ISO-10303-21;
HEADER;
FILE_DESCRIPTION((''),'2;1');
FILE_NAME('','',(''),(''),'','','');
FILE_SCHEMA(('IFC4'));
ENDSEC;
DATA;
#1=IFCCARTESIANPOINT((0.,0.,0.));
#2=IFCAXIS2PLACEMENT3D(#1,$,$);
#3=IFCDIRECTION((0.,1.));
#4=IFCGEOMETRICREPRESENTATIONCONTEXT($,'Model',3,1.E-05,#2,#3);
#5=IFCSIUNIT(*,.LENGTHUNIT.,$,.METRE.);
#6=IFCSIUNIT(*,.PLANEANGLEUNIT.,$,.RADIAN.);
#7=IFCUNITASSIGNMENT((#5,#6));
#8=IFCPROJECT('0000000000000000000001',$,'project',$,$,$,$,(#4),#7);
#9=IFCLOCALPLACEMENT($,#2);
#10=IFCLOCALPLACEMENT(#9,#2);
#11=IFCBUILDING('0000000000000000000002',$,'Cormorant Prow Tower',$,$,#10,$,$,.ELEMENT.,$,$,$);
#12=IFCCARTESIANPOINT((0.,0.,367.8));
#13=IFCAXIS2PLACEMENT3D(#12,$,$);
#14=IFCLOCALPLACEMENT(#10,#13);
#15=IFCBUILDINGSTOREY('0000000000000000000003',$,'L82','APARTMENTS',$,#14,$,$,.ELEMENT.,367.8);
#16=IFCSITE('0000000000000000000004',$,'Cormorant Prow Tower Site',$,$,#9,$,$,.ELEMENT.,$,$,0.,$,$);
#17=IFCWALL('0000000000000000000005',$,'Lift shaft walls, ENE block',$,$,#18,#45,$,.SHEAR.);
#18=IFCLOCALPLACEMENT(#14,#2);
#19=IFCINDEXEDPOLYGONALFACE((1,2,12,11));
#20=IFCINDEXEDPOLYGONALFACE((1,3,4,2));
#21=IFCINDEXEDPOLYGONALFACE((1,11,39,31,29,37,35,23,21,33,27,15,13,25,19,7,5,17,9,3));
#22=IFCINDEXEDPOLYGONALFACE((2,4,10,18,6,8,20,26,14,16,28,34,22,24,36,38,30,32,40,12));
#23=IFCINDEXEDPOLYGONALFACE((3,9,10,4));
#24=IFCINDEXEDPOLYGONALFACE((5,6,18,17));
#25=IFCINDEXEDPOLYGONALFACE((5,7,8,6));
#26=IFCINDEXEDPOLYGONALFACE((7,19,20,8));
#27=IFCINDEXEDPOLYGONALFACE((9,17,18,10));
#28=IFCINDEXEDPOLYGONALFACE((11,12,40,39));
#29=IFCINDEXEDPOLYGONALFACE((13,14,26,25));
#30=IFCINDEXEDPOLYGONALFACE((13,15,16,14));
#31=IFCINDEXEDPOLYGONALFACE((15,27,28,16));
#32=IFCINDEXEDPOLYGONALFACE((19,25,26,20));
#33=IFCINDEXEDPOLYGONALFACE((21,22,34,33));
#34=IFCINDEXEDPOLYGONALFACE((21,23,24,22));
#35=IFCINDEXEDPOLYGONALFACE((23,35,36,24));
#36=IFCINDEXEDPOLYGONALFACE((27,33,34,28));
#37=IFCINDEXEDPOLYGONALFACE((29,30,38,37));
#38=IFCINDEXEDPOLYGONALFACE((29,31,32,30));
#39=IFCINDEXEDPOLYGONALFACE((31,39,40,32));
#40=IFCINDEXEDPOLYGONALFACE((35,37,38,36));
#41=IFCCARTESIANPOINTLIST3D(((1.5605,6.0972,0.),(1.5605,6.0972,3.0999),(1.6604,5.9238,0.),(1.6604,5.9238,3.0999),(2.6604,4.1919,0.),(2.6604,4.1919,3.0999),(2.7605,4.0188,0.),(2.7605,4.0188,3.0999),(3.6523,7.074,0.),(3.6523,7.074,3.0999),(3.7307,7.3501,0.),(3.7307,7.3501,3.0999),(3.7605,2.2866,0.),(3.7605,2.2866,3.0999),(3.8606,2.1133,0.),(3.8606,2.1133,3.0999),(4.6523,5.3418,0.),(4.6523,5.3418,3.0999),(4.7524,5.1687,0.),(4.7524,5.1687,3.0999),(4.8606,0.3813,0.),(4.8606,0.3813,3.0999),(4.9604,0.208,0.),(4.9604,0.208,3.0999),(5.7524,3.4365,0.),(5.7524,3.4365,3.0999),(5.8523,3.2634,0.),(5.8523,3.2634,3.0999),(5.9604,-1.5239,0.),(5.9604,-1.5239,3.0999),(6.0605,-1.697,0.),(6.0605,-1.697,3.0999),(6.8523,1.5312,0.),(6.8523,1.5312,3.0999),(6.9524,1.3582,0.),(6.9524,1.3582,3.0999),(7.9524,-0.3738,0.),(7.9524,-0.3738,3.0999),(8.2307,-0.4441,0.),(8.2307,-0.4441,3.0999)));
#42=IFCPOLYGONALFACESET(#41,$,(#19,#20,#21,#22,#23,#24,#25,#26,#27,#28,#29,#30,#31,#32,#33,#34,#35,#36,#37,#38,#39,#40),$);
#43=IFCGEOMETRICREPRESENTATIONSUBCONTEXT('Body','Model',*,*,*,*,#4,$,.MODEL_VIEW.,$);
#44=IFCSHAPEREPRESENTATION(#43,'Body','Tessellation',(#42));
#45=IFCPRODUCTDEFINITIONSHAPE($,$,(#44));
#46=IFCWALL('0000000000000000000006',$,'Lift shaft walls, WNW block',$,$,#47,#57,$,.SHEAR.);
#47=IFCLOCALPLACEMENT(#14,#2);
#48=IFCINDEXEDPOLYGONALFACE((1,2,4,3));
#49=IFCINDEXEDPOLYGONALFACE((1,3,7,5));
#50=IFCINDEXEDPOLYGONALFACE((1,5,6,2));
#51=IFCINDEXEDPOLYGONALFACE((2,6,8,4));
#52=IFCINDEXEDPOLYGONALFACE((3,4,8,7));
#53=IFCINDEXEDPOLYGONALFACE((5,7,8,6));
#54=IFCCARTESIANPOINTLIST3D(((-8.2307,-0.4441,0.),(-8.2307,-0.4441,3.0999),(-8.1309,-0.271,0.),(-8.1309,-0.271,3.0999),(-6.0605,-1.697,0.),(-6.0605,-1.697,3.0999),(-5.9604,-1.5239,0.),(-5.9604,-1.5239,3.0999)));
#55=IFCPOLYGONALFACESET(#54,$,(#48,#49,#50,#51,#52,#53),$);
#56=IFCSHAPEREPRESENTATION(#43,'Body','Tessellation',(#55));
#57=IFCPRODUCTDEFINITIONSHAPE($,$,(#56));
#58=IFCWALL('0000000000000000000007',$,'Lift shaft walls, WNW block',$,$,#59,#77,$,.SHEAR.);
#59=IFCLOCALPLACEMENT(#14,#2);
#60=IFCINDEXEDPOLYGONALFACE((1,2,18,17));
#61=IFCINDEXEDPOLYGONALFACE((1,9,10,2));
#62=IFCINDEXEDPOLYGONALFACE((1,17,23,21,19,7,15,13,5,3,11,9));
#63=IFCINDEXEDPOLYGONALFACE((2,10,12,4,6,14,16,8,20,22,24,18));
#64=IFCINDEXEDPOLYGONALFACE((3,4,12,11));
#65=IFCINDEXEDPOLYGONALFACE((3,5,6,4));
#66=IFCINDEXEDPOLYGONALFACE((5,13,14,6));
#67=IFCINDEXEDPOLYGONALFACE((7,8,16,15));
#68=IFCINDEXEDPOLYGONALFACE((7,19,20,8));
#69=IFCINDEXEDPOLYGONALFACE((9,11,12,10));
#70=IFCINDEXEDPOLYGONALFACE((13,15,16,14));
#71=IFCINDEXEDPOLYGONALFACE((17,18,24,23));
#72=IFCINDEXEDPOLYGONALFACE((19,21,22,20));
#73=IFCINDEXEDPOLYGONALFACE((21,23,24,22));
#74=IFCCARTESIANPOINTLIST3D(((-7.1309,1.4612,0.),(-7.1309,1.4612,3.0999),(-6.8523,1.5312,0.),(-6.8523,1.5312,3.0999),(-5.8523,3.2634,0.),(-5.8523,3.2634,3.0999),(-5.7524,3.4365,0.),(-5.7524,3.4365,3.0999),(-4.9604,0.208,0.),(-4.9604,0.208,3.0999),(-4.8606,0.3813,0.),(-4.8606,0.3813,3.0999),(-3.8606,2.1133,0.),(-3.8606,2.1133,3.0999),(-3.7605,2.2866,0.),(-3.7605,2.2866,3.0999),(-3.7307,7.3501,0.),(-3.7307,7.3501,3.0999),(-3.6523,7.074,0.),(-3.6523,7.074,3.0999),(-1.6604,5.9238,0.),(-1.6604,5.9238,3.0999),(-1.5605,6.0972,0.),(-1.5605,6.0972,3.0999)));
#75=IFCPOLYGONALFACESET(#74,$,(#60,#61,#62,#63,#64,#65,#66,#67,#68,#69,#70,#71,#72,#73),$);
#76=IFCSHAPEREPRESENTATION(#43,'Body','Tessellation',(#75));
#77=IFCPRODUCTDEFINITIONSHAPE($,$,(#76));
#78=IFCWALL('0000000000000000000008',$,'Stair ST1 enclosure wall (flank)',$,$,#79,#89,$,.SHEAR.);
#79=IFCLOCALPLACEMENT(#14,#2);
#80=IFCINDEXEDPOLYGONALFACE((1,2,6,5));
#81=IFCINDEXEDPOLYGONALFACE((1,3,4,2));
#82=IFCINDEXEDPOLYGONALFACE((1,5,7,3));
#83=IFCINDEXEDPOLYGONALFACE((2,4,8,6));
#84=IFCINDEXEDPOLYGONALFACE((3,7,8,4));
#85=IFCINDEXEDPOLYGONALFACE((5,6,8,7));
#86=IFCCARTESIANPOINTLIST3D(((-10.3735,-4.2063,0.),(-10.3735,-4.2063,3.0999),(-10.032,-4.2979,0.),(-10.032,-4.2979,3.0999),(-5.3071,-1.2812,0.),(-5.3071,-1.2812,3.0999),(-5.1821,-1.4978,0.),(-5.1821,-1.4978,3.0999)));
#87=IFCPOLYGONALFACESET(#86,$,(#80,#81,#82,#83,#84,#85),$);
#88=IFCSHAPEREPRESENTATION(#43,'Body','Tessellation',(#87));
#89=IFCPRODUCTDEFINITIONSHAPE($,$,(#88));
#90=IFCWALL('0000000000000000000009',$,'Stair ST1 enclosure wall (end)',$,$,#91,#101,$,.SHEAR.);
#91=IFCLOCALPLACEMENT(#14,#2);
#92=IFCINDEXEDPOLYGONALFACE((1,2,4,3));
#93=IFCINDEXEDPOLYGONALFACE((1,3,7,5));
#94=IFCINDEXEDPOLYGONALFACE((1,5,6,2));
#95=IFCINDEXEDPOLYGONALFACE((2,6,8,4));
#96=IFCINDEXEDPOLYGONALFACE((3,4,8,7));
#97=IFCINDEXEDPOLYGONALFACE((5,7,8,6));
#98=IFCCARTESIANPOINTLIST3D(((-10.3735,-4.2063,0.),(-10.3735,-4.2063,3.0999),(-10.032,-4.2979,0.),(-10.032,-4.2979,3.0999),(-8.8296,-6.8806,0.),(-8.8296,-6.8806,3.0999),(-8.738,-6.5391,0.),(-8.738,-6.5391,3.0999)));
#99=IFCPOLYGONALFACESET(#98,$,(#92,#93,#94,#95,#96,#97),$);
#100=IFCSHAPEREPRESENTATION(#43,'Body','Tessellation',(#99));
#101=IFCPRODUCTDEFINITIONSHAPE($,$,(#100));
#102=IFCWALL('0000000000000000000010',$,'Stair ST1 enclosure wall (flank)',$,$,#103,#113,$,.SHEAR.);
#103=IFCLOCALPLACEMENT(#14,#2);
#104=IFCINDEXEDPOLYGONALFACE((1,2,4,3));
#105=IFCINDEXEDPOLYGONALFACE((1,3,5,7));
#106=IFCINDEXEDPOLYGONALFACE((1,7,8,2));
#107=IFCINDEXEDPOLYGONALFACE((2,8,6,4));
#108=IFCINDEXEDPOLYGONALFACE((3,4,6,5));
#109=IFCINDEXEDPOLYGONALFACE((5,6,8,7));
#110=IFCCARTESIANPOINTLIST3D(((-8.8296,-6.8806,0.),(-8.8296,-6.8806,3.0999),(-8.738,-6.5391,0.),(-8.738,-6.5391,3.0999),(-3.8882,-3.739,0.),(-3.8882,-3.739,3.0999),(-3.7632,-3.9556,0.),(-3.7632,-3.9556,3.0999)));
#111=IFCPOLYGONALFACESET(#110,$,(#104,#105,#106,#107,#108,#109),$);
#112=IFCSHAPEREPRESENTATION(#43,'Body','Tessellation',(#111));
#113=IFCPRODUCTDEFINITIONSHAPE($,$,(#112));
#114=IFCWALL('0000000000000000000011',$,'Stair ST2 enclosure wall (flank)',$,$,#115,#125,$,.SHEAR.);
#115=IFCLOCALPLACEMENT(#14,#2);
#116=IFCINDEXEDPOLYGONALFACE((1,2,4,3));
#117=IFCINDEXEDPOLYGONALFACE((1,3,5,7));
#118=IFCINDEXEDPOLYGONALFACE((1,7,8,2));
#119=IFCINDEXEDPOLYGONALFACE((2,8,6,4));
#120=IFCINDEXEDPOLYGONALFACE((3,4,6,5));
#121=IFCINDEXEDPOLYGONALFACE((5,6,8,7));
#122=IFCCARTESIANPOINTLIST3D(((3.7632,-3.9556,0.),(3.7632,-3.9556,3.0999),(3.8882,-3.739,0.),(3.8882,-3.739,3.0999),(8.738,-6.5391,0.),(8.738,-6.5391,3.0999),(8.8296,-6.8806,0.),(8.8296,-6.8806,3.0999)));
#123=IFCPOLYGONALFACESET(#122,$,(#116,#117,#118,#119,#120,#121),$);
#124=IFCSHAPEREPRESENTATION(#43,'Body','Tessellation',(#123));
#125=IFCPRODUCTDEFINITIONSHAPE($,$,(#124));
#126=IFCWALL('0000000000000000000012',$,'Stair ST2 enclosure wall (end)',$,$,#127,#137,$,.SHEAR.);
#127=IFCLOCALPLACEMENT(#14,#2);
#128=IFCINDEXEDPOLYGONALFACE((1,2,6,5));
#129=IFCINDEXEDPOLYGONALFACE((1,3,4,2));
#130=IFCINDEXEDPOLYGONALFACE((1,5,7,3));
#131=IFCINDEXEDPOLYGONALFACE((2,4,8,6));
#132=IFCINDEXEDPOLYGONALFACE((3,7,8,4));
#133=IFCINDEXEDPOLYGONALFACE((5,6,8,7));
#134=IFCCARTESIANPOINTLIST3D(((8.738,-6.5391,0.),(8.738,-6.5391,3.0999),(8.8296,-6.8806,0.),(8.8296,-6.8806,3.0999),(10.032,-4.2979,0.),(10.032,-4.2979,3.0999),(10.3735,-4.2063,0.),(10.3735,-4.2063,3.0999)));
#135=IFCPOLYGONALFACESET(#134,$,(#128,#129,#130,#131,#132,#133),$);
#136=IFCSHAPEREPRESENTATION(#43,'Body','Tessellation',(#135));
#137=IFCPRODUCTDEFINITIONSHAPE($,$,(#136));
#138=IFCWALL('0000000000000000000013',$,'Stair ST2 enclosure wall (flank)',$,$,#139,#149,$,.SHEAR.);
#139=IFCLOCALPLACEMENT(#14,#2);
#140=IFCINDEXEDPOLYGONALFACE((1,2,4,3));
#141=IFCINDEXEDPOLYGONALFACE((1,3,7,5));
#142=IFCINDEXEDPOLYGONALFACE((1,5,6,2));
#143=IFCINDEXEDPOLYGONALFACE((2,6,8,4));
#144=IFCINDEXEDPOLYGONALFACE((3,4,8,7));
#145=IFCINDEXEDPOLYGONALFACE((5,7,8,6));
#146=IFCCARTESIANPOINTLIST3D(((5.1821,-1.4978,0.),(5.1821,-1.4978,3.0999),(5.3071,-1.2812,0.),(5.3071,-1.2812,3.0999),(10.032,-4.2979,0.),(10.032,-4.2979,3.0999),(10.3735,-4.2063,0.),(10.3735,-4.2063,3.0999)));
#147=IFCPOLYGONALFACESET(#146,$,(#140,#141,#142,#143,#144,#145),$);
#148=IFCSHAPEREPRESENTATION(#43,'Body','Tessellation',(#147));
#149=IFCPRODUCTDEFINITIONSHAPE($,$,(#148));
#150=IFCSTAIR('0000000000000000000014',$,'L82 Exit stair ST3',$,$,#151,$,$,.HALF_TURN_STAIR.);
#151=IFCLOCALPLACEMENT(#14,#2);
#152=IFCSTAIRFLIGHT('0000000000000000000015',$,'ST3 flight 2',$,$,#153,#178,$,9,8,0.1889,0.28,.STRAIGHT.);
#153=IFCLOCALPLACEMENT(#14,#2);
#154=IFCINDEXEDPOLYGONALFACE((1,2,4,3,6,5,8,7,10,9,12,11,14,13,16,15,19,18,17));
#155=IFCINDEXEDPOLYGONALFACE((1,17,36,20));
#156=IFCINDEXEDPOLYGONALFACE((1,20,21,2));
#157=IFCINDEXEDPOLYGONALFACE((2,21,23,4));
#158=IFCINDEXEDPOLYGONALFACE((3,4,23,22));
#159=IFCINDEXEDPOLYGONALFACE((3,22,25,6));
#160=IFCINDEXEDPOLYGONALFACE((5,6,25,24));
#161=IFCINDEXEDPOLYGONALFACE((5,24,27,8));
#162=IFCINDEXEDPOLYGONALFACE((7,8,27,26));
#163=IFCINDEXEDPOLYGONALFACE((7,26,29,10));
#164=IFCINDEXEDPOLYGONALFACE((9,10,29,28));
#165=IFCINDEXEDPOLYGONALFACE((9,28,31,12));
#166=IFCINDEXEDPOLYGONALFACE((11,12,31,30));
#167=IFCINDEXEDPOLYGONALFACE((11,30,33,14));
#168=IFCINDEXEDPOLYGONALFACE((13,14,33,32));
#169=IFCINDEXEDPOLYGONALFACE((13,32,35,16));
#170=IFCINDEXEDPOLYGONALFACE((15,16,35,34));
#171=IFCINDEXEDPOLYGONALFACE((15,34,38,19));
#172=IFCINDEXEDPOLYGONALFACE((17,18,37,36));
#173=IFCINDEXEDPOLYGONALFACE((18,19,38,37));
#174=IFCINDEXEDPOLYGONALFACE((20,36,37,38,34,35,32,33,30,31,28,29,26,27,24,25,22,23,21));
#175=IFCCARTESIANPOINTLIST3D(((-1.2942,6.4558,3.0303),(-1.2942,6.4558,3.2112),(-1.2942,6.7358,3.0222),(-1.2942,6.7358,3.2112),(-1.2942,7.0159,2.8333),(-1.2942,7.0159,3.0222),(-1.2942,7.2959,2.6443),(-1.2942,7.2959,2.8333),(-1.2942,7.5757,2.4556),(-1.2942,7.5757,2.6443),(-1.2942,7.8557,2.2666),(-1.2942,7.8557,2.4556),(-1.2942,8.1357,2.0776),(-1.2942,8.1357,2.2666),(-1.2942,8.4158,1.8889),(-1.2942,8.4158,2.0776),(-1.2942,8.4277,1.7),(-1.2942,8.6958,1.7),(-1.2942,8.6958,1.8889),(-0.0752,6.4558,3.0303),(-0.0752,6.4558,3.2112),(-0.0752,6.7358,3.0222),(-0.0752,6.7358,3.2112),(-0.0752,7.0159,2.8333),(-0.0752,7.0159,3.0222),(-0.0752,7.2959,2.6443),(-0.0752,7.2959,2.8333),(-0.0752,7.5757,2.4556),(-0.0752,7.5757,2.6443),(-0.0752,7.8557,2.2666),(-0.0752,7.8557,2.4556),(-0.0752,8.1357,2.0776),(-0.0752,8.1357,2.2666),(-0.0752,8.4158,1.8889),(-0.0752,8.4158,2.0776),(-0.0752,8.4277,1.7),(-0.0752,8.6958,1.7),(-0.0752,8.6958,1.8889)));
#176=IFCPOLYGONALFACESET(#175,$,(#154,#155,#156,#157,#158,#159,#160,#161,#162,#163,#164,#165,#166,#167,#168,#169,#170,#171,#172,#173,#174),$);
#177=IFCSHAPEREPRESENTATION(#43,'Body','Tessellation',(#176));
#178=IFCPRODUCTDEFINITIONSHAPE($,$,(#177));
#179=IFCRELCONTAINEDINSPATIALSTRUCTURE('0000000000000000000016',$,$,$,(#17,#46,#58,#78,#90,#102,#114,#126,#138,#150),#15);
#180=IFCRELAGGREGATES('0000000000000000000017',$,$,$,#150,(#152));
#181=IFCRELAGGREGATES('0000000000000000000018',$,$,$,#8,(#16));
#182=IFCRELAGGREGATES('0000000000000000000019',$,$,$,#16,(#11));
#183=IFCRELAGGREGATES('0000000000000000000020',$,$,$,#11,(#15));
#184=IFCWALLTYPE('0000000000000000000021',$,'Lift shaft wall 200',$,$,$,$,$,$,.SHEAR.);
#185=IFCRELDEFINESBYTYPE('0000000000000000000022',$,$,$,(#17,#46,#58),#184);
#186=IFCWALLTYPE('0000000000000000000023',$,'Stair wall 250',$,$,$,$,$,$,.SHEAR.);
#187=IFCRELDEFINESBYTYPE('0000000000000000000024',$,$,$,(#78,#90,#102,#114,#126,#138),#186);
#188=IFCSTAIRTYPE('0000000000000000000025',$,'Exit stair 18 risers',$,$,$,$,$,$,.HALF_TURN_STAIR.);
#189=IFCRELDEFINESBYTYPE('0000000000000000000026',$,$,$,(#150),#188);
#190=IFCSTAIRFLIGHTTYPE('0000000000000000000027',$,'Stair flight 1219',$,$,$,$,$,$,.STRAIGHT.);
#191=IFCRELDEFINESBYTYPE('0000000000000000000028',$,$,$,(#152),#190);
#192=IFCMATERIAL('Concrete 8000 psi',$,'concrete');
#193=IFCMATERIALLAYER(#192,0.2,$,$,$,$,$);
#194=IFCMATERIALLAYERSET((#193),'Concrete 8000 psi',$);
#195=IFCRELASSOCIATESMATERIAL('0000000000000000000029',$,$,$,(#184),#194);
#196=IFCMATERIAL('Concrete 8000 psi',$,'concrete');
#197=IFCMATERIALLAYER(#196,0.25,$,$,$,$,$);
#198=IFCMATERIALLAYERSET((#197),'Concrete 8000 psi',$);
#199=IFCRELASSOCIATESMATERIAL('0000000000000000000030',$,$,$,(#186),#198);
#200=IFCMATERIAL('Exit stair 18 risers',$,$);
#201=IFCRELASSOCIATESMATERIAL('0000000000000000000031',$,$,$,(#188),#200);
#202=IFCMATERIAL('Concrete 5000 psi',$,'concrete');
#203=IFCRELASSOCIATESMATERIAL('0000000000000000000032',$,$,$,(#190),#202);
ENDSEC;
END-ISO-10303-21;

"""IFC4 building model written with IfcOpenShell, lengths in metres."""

from ifc_helpers import new_model, si_unit, direction, frame, origin, place, context, subcontext, project, spatial, polyline, outline, extrude, material, layer, layer_set, type_object, element, aggregate, save


model = new_model("IFC4")

# Units and contexts
model_context = context("Model", 3, precision=1e-05, world=origin(), true_north=direction((0.0, 1.0)))
body_context = subcontext(model_context, "Body", "Model", "MODEL_VIEW")
ifc_project = project(units=[si_unit("LENGTHUNIT", "METRE"), si_unit("PLANEANGLEUNIT", "RADIAN")], contexts=[model_context])

# Site, building, storey
site_placement = place(None, origin())
site = spatial("IfcSite", under=ifc_project, at=site_placement, Name="Cormorant Prow Tower Site", CompositionType="ELEMENT", RefElevation=0.0)
building_placement = place(site_placement, origin())
building = spatial("IfcBuilding", under=site, at=building_placement, Name="Cormorant Prow Tower", CompositionType="ELEMENT")
storey_placement = place(building_placement, frame((0.0, 0.0, 367.8)))
storey = spatial("IfcBuildingStorey", under=building, at=storey_placement, Name="L82", Description="APARTMENTS", CompositionType="ELEMENT", Elevation=367.8)

# Walls
ifc_material_1 = material(Name="Concrete 8000 psi", Category="concrete")
ifc_layer_1 = layer(ifc_material_1, 0.2)
ifc_layer_set_1 = layer_set([ifc_layer_1], Name="Concrete 8000 psi")
wall_type_1 = type_object("IfcWallType", Name="Lift shaft wall 200", PredefinedType="SHEAR", material=ifc_layer_set_1)
wall_1_placement = place(storey_placement, origin())
element("IfcWall", 1, at=wall_1_placement, inside=storey, type_object=wall_type_1, Name="Lift shaft walls, ENE block", PredefinedType="SHEAR", context=body_context, shape_type="SweptSolid", body=[
    extrude(outline(polyline([(1.5605, 6.0972), (3.7307, 7.3501), (8.2307, -0.4441), (6.0605, -1.697), (5.9604, -1.5239), (7.9524, -0.3738), (6.9524, 1.3582), (4.9604, 0.208), (4.8606, 0.3813), (6.8523, 1.5312), (5.8523, 3.2634), (3.8606, 2.1133), (3.7605, 2.2866), (5.7524, 3.4365), (4.7524, 5.1687), (2.7605, 4.0188), (2.6604, 4.1919), (4.6523, 5.3418), (3.6523, 7.074), (1.6604, 5.9238), (1.5605, 6.0972)])), origin(), (0.0, 0.0, 1.0), 3.0999),
])
wall_2_placement = place(storey_placement, origin())
element("IfcWall", 2, at=wall_2_placement, inside=storey, type_object=wall_type_1, Name="Lift shaft walls, WNW block", PredefinedType="SHEAR", context=body_context, shape_type="SweptSolid", body=[
    extrude(outline(polyline([(-6.0605, -1.697), (-8.2307, -0.4441), (-8.1309, -0.271), (-5.9604, -1.5239), (-6.0605, -1.697)])), origin(), (0.0, 0.0, 1.0), 3.0999),
])
wall_3_placement = place(storey_placement, origin())
element("IfcWall", 3, at=wall_3_placement, inside=storey, type_object=wall_type_1, Name="Lift shaft walls, WNW block", PredefinedType="SHEAR", context=body_context, shape_type="SweptSolid", body=[
    extrude(outline(polyline([(-4.9604, 0.208), (-7.1309, 1.4612), (-3.7307, 7.3501), (-1.5605, 6.0972), (-1.6604, 5.9238), (-3.6523, 7.074), (-5.7524, 3.4365), (-3.7605, 2.2866), (-3.8606, 2.1133), (-5.8523, 3.2634), (-6.8523, 1.5312), (-4.8606, 0.3813), (-4.9604, 0.208)])), origin(), (0.0, 0.0, 1.0), 3.0999),
])
ifc_material_2 = material(Name="Concrete 8000 psi", Category="concrete")
ifc_layer_2 = layer(ifc_material_2, 0.25)
ifc_layer_set_2 = layer_set([ifc_layer_2], Name="Concrete 8000 psi")
wall_type_2 = type_object("IfcWallType", Name="Stair wall 250", PredefinedType="SHEAR", material=ifc_layer_set_2)
wall_4_placement = place(storey_placement, origin())
element("IfcWall", 4, at=wall_4_placement, inside=storey, type_object=wall_type_2, Name="Stair ST1 enclosure wall (flank)", PredefinedType="SHEAR", context=body_context, shape_type="SweptSolid", body=[
    extrude(outline(polyline([(-5.3071, -1.2812), (-10.3735, -4.2063), (-10.032, -4.2979), (-5.1821, -1.4978), (-5.3071, -1.2812)])), origin(), (0.0, 0.0, 1.0), 3.0999),
])
wall_5_placement = place(storey_placement, origin())
element("IfcWall", 5, at=wall_5_placement, inside=storey, type_object=wall_type_2, Name="Stair ST1 enclosure wall (end)", PredefinedType="SHEAR", context=body_context, shape_type="SweptSolid", body=[
    extrude(outline(polyline([(-10.3735, -4.2063), (-8.8296, -6.8806), (-8.738, -6.5391), (-10.032, -4.2979), (-10.3735, -4.2063)])), origin(), (0.0, 0.0, 1.0), 3.0999),
])
wall_6_placement = place(storey_placement, origin())
element("IfcWall", 6, at=wall_6_placement, inside=storey, type_object=wall_type_2, Name="Stair ST1 enclosure wall (flank)", PredefinedType="SHEAR", context=body_context, shape_type="SweptSolid", body=[
    extrude(outline(polyline([(-8.738, -6.5391), (-8.8296, -6.8806), (-3.7632, -3.9556), (-3.8882, -3.739), (-8.738, -6.5391)])), origin(), (0.0, 0.0, 1.0), 3.0999),
])
wall_7_placement = place(storey_placement, origin())
element("IfcWall", 7, at=wall_7_placement, inside=storey, type_object=wall_type_2, Name="Stair ST2 enclosure wall (flank)", PredefinedType="SHEAR", context=body_context, shape_type="SweptSolid", body=[
    extrude(outline(polyline([(3.7632, -3.9556), (8.8296, -6.8806), (8.738, -6.5391), (3.8882, -3.739), (3.7632, -3.9556)])), origin(), (0.0, 0.0, 1.0), 3.0999),
])
wall_8_placement = place(storey_placement, origin())
element("IfcWall", 8, at=wall_8_placement, inside=storey, type_object=wall_type_2, Name="Stair ST2 enclosure wall (end)", PredefinedType="SHEAR", context=body_context, shape_type="SweptSolid", body=[
    extrude(outline(polyline([(8.8296, -6.8806), (10.3735, -4.2063), (10.032, -4.2979), (8.738, -6.5391), (8.8296, -6.8806)])), origin(), (0.0, 0.0, 1.0), 3.0999),
])
wall_9_placement = place(storey_placement, origin())
element("IfcWall", 9, at=wall_9_placement, inside=storey, type_object=wall_type_2, Name="Stair ST2 enclosure wall (flank)", PredefinedType="SHEAR", context=body_context, shape_type="SweptSolid", body=[
    extrude(outline(polyline([(10.032, -4.2979), (10.3735, -4.2063), (5.3071, -1.2812), (5.1821, -1.4978), (10.032, -4.2979)])), origin(), (0.0, 0.0, 1.0), 3.0999),
])

# Stair, stair flight
ifc_material_3 = material(Name="Exit stair 18 risers")
stair_type = type_object("IfcStairType", Name="Exit stair 18 risers", PredefinedType="HALF_TURN_STAIR", material=ifc_material_3)
stair_placement = place(storey_placement, origin())
stair = element("IfcStair", 10, at=stair_placement, inside=storey, type_object=stair_type, Name="L82 Exit stair ST3", PredefinedType="HALF_TURN_STAIR")
ifc_material_4 = material(Name="Concrete 5000 psi", Category="concrete")
stair_flight_type = type_object("IfcStairFlightType", Name="Stair flight 1219", PredefinedType="STRAIGHT", material=ifc_material_4)
stair_flight_placement = place(storey_placement, frame((-0.6846, 8.6958, 1.7), z_axis=(0.0, 0.0, 1.0), x_axis=(0.0, -1.0, 0.0)))
stair_flight = element("IfcStairFlight", 11, at=stair_flight_placement, type_object=stair_flight_type, Name="ST3 flight 2", NumberOfRisers=9, NumberOfTreads=8, PredefinedType="STRAIGHT", RiserHeight=0.1889, TreadLength=0.28, context=body_context, shape_type="SweptSolid", body=[
    extrude(outline(polyline([(0.0, 0.0), (0.0, 0.189), (0.28, 0.189), (0.28, 0.3777), (0.5601, 0.3777), (0.5601, 0.5667), (0.8401, 0.5667), (0.8401, 0.7556), (1.1201, 0.7556), (1.1201, 0.9443), (1.3999, 0.9443), (1.3999, 1.1333), (1.6799, 1.1333), (1.6799, 1.3223), (1.96, 1.3223), (1.96, 1.5112), (2.24, 1.5112), (2.24, 1.7), (2.24, 1.3303), (0.2681, 0.0), (0.0, 0.0)])), frame((0.0, 0.6094, 0.0), z_axis=(0.0, -1.0, 0.0), x_axis=(1.0, 0.0, 0.0)), (0.0, 0.0, 1.0), 1.219),
])
aggregate(stair, [stair_flight])

save(model, "model.ifc")
